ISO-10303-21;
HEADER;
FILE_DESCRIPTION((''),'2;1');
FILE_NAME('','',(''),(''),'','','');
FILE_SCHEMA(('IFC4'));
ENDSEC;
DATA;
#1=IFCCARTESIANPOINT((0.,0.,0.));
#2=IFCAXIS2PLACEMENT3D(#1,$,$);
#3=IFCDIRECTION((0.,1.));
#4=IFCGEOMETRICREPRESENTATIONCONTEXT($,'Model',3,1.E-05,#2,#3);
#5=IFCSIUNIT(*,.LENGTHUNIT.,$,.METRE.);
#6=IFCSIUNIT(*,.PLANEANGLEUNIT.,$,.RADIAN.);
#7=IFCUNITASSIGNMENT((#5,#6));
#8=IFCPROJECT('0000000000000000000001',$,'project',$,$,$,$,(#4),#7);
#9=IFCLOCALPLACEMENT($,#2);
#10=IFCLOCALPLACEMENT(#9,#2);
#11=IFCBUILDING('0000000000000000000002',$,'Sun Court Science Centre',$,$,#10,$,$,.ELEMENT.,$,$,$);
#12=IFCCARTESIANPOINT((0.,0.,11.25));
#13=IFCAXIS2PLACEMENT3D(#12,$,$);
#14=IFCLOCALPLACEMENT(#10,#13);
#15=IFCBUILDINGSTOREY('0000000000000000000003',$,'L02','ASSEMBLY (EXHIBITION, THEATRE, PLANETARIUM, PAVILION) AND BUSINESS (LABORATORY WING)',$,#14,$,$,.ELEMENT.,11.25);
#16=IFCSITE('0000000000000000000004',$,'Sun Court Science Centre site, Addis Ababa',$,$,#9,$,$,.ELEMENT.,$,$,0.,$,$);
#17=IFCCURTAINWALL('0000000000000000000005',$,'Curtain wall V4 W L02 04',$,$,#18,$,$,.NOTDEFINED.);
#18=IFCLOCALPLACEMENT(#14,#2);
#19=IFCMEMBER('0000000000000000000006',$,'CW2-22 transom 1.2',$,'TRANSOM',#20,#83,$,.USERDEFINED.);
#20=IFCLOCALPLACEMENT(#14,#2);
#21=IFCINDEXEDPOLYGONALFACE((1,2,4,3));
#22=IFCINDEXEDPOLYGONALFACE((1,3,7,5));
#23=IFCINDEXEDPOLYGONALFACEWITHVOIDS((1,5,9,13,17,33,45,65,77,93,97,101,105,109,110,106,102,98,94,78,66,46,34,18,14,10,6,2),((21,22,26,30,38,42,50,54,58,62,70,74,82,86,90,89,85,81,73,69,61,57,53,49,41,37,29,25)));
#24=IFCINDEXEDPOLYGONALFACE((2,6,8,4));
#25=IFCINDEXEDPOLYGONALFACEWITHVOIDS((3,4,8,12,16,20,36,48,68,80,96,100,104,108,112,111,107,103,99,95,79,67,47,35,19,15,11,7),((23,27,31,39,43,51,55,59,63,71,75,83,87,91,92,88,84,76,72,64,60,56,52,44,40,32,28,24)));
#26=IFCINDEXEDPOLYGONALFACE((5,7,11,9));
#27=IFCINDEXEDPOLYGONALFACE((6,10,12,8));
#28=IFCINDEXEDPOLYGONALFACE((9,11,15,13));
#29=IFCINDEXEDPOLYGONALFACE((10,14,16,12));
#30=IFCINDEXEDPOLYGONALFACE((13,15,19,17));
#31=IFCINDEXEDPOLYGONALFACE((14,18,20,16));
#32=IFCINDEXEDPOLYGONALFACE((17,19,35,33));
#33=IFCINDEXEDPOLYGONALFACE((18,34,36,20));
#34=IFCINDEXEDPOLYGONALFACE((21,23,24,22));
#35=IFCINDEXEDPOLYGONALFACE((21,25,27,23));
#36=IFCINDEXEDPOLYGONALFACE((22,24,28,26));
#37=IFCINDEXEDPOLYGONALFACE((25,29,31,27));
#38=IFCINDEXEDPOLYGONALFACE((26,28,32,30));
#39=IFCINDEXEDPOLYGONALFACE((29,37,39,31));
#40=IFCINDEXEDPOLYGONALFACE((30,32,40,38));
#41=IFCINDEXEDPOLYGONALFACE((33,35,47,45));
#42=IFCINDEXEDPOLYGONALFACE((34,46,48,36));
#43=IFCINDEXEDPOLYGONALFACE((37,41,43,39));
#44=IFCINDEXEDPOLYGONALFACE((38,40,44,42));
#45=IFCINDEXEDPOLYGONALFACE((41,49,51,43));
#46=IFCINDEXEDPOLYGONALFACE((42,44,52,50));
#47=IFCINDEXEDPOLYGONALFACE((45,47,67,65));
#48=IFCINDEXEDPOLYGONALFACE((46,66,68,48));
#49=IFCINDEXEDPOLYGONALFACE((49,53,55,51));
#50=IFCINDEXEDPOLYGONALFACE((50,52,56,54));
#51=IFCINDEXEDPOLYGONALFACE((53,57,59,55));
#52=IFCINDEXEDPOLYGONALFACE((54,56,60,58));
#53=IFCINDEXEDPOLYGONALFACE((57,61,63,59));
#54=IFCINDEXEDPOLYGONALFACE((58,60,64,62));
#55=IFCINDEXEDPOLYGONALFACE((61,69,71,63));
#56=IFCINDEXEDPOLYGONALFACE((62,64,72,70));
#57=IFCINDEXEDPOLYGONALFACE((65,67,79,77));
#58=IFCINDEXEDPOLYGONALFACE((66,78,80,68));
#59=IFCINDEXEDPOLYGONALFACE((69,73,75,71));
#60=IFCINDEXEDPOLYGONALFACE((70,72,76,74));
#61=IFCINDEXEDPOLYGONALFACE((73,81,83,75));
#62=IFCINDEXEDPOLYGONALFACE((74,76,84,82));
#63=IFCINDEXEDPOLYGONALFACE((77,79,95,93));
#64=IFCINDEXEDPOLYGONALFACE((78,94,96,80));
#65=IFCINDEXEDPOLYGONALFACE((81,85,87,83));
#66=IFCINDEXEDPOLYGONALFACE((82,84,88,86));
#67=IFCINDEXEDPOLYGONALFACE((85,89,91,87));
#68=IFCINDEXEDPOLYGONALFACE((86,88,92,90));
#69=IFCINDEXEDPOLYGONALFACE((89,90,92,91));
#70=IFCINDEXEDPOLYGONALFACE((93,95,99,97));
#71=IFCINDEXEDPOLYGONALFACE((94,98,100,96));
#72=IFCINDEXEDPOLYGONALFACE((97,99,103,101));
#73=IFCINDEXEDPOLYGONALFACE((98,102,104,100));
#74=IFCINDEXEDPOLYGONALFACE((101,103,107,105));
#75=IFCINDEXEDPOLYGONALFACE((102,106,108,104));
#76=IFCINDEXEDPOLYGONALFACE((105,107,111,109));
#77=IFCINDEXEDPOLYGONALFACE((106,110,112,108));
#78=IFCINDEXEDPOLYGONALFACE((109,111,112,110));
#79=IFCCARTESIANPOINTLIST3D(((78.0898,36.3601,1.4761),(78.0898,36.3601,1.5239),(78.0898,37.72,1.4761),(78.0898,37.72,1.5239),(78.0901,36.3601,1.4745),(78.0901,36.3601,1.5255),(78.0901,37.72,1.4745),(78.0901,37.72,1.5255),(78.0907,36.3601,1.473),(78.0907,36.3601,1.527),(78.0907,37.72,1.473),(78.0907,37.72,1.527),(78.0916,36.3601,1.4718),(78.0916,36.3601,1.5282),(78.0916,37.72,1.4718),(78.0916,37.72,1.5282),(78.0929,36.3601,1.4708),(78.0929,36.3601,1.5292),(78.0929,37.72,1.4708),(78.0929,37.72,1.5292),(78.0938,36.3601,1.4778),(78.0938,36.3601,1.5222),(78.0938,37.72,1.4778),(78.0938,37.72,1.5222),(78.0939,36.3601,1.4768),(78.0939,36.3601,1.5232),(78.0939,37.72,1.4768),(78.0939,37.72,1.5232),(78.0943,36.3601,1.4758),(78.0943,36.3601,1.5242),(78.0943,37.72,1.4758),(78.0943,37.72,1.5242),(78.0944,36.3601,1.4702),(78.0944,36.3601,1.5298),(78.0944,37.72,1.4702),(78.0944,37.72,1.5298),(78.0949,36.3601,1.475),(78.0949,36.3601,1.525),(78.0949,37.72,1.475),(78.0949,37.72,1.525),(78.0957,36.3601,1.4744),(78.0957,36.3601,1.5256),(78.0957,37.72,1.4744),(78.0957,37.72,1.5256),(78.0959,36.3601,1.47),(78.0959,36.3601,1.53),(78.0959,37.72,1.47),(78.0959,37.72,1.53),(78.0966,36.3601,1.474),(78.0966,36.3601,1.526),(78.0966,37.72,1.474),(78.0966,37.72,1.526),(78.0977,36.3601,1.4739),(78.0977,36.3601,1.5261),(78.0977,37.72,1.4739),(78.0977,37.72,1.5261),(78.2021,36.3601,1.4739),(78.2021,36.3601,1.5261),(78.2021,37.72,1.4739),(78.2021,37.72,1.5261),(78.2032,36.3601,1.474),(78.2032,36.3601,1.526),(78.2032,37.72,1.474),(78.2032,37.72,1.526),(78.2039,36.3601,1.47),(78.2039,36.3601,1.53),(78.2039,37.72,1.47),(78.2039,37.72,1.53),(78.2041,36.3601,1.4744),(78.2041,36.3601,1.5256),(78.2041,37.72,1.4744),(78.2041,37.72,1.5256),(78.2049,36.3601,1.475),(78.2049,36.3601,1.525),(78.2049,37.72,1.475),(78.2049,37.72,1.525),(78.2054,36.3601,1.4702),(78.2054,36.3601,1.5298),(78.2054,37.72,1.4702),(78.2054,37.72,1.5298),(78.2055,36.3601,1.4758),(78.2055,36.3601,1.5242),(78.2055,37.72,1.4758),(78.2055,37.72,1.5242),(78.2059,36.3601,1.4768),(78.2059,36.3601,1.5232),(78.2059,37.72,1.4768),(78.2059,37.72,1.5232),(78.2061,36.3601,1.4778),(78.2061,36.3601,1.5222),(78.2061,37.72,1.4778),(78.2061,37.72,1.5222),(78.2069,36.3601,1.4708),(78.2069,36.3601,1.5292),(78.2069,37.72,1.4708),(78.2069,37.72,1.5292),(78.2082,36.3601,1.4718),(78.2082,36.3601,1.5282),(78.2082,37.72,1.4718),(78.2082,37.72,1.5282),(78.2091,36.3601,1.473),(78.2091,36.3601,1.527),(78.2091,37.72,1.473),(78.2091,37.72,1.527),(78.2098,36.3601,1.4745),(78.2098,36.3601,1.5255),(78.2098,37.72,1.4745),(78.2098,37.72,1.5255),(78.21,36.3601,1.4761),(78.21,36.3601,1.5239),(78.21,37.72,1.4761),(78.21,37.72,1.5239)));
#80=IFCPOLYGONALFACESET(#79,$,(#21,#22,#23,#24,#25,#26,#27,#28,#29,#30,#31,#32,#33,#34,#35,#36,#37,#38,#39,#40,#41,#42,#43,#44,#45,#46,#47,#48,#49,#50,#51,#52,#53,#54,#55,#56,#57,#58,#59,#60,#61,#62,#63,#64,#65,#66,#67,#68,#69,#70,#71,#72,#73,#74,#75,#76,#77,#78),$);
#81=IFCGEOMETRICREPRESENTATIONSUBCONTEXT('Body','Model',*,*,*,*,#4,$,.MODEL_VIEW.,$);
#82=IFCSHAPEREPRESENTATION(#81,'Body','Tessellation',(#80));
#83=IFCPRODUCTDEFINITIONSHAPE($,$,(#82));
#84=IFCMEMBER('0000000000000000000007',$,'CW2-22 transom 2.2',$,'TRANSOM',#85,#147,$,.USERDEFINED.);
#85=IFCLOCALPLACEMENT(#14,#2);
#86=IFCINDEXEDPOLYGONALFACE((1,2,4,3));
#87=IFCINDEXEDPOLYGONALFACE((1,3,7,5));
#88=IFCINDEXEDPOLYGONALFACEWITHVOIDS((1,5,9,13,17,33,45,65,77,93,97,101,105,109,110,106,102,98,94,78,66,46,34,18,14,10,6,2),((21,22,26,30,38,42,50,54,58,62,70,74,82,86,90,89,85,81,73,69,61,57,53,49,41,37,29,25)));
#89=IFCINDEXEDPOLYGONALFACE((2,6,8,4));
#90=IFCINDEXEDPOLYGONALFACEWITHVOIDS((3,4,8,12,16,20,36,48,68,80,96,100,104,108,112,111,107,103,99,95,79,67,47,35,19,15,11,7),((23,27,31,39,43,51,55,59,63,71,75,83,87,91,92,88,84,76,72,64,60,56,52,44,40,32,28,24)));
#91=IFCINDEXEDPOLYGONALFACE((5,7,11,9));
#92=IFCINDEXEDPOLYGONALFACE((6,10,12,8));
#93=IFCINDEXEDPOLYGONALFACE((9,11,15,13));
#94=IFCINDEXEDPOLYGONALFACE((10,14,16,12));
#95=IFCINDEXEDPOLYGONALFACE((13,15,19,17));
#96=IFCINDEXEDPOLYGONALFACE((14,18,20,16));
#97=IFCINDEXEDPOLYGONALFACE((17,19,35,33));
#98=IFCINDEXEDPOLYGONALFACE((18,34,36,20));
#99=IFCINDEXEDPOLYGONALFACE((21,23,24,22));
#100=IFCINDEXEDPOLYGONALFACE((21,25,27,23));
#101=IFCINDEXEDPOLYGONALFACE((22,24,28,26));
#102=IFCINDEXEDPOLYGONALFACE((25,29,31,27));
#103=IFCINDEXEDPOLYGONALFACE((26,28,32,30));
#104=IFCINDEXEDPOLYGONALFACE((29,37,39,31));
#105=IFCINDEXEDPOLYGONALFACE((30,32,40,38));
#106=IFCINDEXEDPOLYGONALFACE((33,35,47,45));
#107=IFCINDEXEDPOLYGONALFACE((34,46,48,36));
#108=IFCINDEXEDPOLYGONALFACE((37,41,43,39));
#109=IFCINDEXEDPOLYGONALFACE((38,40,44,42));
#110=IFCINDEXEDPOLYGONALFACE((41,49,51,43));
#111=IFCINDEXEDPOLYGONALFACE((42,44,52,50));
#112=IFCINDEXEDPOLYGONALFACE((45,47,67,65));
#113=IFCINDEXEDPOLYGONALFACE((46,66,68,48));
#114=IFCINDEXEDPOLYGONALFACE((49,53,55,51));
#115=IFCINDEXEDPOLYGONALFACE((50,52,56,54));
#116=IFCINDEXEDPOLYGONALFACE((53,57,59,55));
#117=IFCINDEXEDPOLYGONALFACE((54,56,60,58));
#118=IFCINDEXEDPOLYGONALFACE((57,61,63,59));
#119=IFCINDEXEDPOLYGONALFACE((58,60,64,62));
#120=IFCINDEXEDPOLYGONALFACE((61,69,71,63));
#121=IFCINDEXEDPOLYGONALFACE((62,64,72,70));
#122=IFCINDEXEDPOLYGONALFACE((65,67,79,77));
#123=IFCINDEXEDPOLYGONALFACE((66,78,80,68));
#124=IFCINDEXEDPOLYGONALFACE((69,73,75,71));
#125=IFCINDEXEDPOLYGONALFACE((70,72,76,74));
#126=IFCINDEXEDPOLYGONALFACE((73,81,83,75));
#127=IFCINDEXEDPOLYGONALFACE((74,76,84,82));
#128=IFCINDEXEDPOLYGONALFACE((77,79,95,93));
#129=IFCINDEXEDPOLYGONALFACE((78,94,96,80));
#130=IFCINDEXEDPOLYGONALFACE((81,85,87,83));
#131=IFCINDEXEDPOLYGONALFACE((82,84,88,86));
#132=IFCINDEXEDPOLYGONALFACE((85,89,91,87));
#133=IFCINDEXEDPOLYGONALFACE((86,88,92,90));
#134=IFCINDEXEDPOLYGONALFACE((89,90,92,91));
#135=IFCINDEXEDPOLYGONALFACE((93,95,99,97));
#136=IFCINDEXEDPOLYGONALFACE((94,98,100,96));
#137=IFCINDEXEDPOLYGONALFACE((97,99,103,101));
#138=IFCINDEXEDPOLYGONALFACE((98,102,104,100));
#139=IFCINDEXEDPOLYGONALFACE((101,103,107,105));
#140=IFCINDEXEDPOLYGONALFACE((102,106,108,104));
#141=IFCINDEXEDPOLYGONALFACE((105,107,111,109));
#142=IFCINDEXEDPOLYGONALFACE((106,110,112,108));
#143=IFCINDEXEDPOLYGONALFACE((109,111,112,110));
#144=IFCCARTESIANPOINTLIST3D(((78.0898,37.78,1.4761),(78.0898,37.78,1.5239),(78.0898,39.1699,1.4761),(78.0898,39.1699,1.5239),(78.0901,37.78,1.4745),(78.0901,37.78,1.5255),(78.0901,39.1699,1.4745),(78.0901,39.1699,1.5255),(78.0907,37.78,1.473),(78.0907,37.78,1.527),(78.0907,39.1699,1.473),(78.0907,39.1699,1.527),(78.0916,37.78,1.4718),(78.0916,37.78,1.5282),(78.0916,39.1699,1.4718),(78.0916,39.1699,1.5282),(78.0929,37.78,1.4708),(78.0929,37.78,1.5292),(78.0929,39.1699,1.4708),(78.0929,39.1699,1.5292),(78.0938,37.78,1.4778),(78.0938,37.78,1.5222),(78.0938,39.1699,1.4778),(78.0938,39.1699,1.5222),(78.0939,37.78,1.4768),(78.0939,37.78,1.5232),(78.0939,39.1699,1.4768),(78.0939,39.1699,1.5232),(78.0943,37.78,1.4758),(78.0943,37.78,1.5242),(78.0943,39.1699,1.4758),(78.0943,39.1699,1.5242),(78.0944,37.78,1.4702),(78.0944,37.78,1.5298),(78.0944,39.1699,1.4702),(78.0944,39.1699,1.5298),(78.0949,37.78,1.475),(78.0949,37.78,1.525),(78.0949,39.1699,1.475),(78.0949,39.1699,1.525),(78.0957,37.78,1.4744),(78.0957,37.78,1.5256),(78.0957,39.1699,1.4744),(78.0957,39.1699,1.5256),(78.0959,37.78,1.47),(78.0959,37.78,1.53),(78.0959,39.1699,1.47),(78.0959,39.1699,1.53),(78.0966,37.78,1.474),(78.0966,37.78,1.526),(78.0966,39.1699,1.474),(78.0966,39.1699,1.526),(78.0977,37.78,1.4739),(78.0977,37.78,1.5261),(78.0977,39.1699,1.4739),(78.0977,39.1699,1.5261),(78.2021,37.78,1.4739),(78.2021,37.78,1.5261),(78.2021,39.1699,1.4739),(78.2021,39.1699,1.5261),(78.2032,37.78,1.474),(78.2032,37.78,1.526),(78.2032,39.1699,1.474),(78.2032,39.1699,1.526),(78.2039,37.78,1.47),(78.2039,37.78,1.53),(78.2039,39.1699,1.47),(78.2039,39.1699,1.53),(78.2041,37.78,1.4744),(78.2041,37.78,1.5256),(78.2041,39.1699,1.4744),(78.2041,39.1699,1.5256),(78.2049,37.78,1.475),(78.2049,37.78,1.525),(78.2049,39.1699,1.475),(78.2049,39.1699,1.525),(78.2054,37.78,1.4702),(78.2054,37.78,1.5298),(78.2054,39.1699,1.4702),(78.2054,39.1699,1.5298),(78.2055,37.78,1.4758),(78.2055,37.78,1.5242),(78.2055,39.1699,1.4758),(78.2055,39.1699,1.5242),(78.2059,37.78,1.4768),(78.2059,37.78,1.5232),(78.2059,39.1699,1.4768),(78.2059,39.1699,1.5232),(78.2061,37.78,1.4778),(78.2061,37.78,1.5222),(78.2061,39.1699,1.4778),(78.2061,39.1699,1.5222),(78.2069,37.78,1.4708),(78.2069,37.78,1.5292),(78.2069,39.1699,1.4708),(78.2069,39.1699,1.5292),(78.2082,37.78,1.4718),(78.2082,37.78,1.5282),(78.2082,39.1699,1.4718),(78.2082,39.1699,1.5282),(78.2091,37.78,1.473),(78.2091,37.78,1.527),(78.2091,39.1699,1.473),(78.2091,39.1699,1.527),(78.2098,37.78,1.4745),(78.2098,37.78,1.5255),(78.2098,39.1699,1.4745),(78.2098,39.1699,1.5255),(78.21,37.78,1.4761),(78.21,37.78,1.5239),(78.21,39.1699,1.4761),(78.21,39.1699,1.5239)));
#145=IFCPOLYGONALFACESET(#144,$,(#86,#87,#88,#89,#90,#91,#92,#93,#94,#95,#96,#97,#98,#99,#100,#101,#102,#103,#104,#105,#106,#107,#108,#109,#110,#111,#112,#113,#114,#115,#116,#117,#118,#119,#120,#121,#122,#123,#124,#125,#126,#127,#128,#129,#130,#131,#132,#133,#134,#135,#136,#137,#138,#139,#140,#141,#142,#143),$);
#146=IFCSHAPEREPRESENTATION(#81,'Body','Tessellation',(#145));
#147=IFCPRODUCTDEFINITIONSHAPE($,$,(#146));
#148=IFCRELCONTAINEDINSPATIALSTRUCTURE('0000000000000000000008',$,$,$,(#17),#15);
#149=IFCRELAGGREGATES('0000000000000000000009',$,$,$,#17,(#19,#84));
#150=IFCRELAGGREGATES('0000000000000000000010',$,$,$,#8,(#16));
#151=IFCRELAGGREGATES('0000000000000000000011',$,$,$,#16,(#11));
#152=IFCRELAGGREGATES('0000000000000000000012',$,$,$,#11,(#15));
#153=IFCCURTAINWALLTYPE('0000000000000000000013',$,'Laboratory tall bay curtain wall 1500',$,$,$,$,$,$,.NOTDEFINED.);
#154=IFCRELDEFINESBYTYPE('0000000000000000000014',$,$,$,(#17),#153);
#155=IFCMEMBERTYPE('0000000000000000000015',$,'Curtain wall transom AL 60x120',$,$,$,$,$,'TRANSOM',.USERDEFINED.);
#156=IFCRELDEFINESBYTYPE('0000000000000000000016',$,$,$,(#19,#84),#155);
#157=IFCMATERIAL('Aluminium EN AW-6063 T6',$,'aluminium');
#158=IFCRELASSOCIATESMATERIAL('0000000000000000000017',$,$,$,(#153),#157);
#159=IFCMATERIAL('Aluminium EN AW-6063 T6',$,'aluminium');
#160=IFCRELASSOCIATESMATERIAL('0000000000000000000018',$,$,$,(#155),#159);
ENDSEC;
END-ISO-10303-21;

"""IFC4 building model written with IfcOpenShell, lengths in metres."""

from ifc_helpers import new_model, si_unit, direction, frame, origin, origin_2d, place, context, subcontext, project, spatial, hollow_rectangle, extrude, material, material_profile, profile_set, type_object, element, aggregate, save


model = new_model("IFC4")

# Units and contexts
model_context = context("Model", 3, precision=1e-05, world=origin(), true_north=direction((0.0, 1.0)))
body_context = subcontext(model_context, "Body", "Model", "MODEL_VIEW")
ifc_project = project(units=[si_unit("LENGTHUNIT", "METRE"), si_unit("PLANEANGLEUNIT", "RADIAN")], contexts=[model_context])

# Site, building, storey
site_placement = place(None, origin())
site = spatial("IfcSite", under=ifc_project, at=site_placement, Name="Sun Court Science Centre site, Addis Ababa", CompositionType="ELEMENT", RefElevation=0.0)
building_placement = place(site_placement, origin())
building = spatial("IfcBuilding", under=site, at=building_placement, Name="Sun Court Science Centre", CompositionType="ELEMENT")
storey_placement = place(building_placement, frame((0.0, 0.0, 11.25)))
storey = spatial("IfcBuildingStorey", under=building, at=storey_placement, Name="L02", Description="ASSEMBLY (EXHIBITION, THEATRE, PLANETARIUM, PAVILION) AND BUSINESS (LABORATORY WING)", CompositionType="ELEMENT", Elevation=11.25)

# Curtain wall, members
ifc_material_1 = material(Name="Aluminium EN AW-6063 T6", Category="aluminium")
curtain_wall_type = type_object("IfcCurtainWallType", Name="Laboratory tall bay curtain wall 1500", PredefinedType="NOTDEFINED", material=ifc_material_1)
curtain_wall_placement = place(storey_placement, origin())
curtain_wall = element("IfcCurtainWall", 1, at=curtain_wall_placement, inside=storey, type_object=curtain_wall_type, Name="Curtain wall V4 W L02 04", PredefinedType="NOTDEFINED")
ifc_material_2 = material(Name="Aluminium EN AW-6063 T6", Category="aluminium")
ifc_material_profile_1 = material_profile(ifc_material_2, hollow_rectangle(XDim=0.0601, YDim=0.1201, WallThickness=0.0039, InnerFilletRadius=0.0039, OuterFilletRadius=0.0061, at=origin_2d()), Name="AL 60x120x4")
ifc_profile_set_1 = profile_set([ifc_material_profile_1], Name="Aluminium EN AW-6063 T6")
member_type_1 = type_object("IfcMemberType", Name="Curtain wall transom AL 60x120", ElementType="TRANSOM", PredefinedType="USERDEFINED", material=ifc_profile_set_1)
member_1_placement = place(storey_placement, frame((78.1499, 36.3601, 1.5), z_axis=(0.0, 1.0, 0.0), x_axis=(0.0, 0.0, 1.0)))
member_1 = element("IfcMember", 2, at=member_1_placement, type_object=member_type_1, Name="CW2-22 transom 1.2", ObjectType="TRANSOM", PredefinedType="USERDEFINED", context=body_context, shape_type="SweptSolid", body=[
    extrude(hollow_rectangle(XDim=0.0601, YDim=0.1201, WallThickness=0.0039, InnerFilletRadius=0.0039, OuterFilletRadius=0.0061, at=origin_2d()), origin(), (0.0, 0.0, 1.0), 1.3599),
])
member_2_placement = place(storey_placement, frame((78.1499, 37.78, 1.5), z_axis=(0.0, 1.0, 0.0), x_axis=(0.0, 0.0, 1.0)))
member_2 = element("IfcMember", 3, at=member_2_placement, type_object=member_type_1, Name="CW2-22 transom 2.2", ObjectType="TRANSOM", PredefinedType="USERDEFINED", context=body_context, shape_type="SweptSolid", body=[
    extrude(hollow_rectangle(XDim=0.0601, YDim=0.1201, WallThickness=0.0039, InnerFilletRadius=0.0039, OuterFilletRadius=0.0061, at=origin_2d()), origin(), (0.0, 0.0, 1.0), 1.3899),
])
aggregate(curtain_wall, [member_1, member_2])

save(model, "model.ifc")
